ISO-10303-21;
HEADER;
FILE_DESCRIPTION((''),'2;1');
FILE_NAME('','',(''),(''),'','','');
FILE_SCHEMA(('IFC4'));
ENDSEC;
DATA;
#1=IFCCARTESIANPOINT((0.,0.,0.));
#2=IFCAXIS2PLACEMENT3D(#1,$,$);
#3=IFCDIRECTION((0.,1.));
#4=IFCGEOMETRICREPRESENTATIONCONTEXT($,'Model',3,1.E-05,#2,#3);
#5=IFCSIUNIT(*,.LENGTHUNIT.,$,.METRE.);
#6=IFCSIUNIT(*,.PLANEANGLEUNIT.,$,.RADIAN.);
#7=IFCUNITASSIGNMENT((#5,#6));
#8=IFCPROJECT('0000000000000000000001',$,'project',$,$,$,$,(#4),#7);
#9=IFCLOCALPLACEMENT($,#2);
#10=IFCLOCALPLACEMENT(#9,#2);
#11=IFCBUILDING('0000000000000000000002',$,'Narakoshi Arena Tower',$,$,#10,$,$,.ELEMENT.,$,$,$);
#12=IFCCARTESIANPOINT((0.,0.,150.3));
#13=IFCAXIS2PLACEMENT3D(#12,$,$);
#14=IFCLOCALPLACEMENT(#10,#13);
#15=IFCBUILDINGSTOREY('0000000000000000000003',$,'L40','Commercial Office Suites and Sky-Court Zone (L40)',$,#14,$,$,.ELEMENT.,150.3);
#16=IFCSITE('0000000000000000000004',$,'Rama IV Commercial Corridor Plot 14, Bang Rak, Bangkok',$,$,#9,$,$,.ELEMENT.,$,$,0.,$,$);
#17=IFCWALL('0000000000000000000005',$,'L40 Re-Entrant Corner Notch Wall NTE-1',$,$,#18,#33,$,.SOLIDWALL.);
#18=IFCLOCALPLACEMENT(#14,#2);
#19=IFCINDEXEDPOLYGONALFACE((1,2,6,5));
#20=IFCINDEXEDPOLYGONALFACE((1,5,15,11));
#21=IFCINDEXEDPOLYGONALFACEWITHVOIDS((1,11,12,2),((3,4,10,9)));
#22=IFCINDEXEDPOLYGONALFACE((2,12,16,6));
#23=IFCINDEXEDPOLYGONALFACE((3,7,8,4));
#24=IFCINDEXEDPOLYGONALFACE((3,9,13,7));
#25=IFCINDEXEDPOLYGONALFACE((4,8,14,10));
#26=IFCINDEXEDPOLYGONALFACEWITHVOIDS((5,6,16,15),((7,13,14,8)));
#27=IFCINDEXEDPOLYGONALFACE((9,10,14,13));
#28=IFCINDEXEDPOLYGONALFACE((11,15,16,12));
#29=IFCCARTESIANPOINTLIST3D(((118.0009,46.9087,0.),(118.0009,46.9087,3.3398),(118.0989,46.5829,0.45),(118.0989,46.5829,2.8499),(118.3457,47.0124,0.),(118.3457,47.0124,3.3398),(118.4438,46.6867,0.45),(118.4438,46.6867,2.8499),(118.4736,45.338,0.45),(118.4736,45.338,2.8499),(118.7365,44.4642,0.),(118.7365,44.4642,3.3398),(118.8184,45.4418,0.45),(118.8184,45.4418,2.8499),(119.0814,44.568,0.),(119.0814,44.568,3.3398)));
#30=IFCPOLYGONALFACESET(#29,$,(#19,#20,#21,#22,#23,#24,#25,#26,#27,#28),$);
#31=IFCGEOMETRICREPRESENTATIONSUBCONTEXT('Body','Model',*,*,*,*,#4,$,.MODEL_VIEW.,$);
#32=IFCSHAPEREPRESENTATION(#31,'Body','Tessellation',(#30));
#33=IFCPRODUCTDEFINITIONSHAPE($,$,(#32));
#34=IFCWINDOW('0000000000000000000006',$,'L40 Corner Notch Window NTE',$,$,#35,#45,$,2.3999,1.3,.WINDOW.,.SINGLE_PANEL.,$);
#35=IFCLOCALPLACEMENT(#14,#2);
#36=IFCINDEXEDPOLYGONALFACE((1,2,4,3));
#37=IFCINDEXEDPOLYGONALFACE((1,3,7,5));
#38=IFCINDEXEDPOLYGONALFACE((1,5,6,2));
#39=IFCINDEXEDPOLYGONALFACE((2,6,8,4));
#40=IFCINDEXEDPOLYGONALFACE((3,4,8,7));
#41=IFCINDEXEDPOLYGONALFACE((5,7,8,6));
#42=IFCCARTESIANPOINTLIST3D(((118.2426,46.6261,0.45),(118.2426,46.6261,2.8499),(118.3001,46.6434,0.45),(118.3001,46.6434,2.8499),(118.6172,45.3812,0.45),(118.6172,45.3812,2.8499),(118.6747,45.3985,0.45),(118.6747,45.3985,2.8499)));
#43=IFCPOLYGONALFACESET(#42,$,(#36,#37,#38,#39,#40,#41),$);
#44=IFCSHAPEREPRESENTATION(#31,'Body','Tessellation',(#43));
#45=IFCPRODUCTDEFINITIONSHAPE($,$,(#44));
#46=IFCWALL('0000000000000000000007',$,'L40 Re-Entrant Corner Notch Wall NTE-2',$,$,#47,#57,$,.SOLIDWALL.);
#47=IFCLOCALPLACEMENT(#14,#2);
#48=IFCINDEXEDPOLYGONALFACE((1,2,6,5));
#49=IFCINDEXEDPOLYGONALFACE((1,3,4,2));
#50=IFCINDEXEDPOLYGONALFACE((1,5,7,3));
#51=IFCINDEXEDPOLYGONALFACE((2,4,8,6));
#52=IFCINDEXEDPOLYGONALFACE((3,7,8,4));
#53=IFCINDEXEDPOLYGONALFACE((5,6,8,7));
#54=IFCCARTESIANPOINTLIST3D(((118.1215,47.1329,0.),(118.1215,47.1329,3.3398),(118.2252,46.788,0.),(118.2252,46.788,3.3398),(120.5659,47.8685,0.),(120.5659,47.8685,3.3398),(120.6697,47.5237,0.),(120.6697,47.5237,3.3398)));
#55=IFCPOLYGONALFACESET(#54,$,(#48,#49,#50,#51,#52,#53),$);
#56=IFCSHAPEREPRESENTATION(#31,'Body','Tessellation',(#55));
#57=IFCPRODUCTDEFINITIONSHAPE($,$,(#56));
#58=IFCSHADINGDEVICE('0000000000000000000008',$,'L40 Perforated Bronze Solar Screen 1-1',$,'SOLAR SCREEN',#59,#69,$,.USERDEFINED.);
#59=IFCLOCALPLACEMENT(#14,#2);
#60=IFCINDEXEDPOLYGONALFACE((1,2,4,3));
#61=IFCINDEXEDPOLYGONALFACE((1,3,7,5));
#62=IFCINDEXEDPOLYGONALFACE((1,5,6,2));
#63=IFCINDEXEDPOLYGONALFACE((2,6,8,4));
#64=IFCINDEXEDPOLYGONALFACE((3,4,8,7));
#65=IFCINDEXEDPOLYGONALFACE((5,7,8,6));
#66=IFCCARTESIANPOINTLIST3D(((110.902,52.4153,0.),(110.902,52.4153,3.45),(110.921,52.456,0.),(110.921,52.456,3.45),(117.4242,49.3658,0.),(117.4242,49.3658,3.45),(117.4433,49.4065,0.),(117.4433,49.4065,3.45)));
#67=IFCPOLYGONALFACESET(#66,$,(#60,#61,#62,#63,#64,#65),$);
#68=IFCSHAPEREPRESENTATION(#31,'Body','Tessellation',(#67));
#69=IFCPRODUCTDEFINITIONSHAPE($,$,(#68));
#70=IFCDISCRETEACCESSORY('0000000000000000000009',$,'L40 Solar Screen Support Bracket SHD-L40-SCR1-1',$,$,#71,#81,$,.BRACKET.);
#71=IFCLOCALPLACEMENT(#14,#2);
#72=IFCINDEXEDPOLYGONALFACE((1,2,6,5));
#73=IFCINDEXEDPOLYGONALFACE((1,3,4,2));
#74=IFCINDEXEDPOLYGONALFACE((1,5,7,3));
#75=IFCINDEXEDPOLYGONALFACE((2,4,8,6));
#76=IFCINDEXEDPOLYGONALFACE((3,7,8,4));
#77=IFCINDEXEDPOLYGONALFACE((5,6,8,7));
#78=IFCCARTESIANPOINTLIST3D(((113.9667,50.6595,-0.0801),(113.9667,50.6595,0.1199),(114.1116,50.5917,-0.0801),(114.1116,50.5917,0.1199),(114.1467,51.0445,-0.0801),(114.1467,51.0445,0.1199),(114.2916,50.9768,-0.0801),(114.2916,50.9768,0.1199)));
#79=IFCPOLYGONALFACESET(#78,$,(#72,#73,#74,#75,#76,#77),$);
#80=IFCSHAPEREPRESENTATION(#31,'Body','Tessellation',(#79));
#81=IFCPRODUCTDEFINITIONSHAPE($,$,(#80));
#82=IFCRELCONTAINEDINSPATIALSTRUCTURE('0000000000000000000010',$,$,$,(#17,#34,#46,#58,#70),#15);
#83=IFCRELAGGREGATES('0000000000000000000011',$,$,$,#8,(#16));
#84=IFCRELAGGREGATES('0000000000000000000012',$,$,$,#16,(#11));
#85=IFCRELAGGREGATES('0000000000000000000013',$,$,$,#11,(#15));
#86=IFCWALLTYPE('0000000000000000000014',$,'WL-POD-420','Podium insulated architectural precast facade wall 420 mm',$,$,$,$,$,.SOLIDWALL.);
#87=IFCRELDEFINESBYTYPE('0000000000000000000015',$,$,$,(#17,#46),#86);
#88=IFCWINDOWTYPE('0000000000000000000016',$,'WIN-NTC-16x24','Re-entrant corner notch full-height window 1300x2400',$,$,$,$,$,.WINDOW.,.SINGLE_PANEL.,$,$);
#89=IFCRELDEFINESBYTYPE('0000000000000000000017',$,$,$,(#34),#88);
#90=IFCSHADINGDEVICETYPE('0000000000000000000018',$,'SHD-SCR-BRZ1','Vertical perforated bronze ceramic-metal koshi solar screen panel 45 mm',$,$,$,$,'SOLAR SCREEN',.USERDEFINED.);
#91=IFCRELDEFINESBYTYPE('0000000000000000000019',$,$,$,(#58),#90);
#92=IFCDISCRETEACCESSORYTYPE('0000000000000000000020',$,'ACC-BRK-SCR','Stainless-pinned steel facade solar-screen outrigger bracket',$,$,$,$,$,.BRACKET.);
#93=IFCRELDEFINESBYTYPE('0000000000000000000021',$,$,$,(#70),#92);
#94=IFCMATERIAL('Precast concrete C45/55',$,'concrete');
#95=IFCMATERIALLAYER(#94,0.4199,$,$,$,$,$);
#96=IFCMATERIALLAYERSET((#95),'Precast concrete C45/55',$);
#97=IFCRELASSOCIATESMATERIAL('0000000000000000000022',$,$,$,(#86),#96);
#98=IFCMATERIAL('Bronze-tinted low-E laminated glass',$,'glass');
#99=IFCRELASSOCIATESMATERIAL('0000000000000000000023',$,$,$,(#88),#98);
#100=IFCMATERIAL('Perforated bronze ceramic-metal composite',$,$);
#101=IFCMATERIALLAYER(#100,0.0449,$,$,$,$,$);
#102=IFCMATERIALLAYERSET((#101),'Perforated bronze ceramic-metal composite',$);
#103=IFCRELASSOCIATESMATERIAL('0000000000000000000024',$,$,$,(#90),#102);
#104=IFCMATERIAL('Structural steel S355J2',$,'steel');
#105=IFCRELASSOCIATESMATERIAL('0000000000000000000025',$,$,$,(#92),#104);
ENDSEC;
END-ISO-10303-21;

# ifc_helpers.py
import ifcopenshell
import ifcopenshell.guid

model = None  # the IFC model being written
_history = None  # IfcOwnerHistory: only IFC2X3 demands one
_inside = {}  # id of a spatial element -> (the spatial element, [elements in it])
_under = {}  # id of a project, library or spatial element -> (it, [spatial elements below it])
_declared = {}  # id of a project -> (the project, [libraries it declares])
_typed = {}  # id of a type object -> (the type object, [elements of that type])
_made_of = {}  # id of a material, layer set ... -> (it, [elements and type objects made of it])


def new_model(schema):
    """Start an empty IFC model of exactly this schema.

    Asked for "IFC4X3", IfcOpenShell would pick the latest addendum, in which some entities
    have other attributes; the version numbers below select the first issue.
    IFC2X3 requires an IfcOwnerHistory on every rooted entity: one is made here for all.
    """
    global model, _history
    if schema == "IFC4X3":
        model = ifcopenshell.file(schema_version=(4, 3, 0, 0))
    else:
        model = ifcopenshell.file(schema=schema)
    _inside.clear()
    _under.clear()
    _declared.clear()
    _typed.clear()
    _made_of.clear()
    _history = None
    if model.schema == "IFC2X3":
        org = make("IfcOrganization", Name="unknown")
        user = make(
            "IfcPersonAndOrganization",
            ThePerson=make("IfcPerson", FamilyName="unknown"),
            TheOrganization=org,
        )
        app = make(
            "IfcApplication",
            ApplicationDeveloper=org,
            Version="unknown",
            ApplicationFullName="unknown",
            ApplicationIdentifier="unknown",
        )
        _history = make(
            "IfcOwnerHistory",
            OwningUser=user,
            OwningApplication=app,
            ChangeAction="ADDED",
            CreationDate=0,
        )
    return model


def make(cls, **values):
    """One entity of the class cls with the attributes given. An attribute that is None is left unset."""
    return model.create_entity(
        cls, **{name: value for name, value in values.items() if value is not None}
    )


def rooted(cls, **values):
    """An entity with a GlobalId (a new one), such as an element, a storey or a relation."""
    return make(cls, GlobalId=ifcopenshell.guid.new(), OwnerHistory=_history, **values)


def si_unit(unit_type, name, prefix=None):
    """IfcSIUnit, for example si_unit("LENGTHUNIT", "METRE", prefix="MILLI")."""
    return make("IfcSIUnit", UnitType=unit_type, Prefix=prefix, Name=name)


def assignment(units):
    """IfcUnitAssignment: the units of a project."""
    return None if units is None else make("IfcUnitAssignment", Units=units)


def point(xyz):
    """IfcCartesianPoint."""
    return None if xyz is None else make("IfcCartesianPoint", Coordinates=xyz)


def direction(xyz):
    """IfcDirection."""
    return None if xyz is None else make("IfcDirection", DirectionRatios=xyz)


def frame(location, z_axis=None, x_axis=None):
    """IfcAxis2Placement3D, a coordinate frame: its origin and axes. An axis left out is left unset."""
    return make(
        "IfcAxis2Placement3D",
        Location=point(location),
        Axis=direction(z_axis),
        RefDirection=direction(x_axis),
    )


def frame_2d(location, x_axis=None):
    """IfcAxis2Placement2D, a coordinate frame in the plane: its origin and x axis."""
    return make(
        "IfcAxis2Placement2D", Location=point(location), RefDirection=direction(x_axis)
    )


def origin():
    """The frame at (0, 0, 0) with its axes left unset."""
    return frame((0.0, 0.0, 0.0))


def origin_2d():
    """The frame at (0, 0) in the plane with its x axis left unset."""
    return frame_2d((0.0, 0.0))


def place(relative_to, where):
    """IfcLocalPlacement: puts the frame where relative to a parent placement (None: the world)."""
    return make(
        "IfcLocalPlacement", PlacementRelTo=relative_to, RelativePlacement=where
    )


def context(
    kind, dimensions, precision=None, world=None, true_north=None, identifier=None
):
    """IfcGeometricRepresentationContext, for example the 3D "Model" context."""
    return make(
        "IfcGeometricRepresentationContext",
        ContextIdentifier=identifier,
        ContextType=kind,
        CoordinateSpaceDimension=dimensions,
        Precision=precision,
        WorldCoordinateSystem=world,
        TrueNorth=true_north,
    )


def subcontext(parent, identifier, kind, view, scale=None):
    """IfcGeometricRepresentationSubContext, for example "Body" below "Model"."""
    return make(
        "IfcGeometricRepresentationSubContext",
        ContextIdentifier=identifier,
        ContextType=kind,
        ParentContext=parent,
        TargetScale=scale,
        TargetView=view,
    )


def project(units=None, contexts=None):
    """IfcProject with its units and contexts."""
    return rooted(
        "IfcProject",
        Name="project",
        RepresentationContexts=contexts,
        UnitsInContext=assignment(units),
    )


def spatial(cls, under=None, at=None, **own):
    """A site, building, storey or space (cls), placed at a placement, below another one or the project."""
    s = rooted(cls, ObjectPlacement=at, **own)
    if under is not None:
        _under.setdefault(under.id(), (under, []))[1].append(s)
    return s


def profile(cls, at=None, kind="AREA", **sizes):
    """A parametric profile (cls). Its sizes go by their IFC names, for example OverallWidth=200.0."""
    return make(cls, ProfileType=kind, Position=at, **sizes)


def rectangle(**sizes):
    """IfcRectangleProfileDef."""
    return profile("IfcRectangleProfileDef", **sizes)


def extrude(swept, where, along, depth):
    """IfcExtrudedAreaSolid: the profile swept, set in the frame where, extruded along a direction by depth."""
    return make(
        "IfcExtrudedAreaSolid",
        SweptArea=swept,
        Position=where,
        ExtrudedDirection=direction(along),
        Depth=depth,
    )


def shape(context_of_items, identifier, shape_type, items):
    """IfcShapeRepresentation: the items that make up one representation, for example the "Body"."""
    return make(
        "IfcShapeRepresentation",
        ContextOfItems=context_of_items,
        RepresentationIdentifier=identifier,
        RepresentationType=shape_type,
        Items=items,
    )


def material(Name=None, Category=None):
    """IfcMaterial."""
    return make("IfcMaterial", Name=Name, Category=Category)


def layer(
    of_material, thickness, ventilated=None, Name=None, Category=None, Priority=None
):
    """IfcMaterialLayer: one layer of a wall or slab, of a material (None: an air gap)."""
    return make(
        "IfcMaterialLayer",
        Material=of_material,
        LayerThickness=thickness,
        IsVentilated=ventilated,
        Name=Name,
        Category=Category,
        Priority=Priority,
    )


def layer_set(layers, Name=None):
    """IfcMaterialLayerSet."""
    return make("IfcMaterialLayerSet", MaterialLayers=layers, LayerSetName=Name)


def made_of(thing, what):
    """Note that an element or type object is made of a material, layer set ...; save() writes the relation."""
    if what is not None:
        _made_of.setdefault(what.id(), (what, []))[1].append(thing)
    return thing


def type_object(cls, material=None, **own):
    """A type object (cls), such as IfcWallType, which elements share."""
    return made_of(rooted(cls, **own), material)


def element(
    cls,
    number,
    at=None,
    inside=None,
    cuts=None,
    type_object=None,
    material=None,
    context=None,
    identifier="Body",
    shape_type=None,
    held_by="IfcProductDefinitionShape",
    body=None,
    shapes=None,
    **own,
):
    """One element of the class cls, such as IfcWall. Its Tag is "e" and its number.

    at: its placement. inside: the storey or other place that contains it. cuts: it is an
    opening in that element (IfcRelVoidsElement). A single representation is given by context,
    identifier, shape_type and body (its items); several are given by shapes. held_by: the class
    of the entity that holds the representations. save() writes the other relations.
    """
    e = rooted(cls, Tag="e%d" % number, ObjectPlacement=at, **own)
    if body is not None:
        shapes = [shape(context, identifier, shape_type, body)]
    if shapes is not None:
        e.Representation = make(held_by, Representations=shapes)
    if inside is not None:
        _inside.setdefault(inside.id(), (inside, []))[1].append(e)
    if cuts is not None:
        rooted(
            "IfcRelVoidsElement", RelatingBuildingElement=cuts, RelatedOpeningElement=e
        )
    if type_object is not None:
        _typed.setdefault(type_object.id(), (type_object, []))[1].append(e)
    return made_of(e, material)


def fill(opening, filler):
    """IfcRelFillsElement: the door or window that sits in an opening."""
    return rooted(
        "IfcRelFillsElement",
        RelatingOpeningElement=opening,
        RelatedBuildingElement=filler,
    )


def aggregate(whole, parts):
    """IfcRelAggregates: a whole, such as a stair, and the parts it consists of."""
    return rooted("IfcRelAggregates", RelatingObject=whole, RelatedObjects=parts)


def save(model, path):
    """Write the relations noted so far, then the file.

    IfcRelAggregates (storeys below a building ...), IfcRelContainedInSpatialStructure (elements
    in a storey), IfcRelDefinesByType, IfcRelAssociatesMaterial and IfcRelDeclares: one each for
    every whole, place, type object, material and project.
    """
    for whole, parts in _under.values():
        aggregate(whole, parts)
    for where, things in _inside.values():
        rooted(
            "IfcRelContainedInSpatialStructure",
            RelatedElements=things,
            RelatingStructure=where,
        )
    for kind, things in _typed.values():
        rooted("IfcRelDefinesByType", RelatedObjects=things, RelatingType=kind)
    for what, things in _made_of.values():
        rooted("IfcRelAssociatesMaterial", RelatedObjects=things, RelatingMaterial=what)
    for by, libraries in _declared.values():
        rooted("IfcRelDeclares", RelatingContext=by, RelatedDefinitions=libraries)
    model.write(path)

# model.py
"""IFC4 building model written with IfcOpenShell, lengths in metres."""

from ifc_helpers import new_model, si_unit, direction, frame, frame_2d, origin, origin_2d, place, context, subcontext, project, spatial, rectangle, extrude, material, layer, layer_set, type_object, element, fill, save


model = new_model("IFC4")

# Units and contexts
model_context = context("Model", 3, precision=1e-05, world=origin(), true_north=direction((0.0, 1.0)))
body_context = subcontext(model_context, "Body", "Model", "MODEL_VIEW")
ifc_project = project(units=[si_unit("LENGTHUNIT", "METRE"), si_unit("PLANEANGLEUNIT", "RADIAN")], contexts=[model_context])

# Site, building, storey
site_placement = place(None, origin())
site = spatial("IfcSite", under=ifc_project, at=site_placement, Name="Rama IV Commercial Corridor Plot 14, Bang Rak, Bangkok", CompositionType="ELEMENT", RefElevation=0.0)
building_placement = place(site_placement, origin())
building = spatial("IfcBuilding", under=site, at=building_placement, Name="Narakoshi Arena Tower", CompositionType="ELEMENT")
storey_placement = place(building_placement, frame((0.0, 0.0, 150.3)))
storey = spatial("IfcBuildingStorey", under=building, at=storey_placement, Name="L40", Description="Commercial Office Suites and Sky-Court Zone (L40)", CompositionType="ELEMENT", Elevation=150.3)

# Shared definitions
ifc_material_1 = material(Name="Structural steel S355J2", Category="steel")

# Shared definitions
ifc_material_2 = material(Name="Bronze-tinted low-E laminated glass", Category="glass")

# Shared definitions
ifc_material_3 = material(Name="Precast concrete C45/55", Category="concrete")

# Wall, opening, window
ifc_layer_1 = layer(ifc_material_3, 0.4199)
ifc_layer_set_1 = layer_set([ifc_layer_1], Name="Precast concrete C45/55")
wall_type_1 = type_object("IfcWallType", Name="WL-POD-420", Description="Podium insulated architectural precast facade wall 420 mm", PredefinedType="SOLIDWALL", material=ifc_layer_set_1)
wall_1_placement = place(storey_placement, frame((118.9089, 44.5161, 0.0), z_axis=(0.0, 0.0, 1.0), x_axis=(-0.288173, 0.957578, 0.0)))
wall_1 = element("IfcWall", 1, at=wall_1_placement, inside=storey, type_object=wall_type_1, Name="L40 Re-Entrant Corner Notch Wall NTE-1", PredefinedType="SOLIDWALL", context=body_context, shape_type="SweptSolid", body=[
    extrude(rectangle(XDim=2.5527, YDim=0.3601, at=frame_2d((1.2764, 0.0))), origin(), (0.0, 0.0, 1.0), 3.3398),
])
opening_1_placement = place(wall_1_placement, frame((0.9126, 0.0, 0.45)))
opening_1 = element("IfcOpeningElement", 2, at=opening_1_placement, cuts=wall_1, PredefinedType="OPENING", context=body_context, shape_type="SweptSolid", body=[
    extrude(rectangle(XDim=1.3, YDim=2.3999, at=frame_2d((0.6499, 1.2))), frame((0.0, 0.1899, 0.0), z_axis=(0.0, -1.0, 0.0), x_axis=(1.0, 0.0, 0.0)), (0.0, 0.0, 1.0), 0.3801),
])
window_type_1 = type_object("IfcWindowType", Name="WIN-NTC-16x24", Description="Re-entrant corner notch full-height window 1300x2400", PartitioningType="SINGLE_PANEL", PredefinedType="WINDOW", material=ifc_material_2)
window_1_placement = place(opening_1_placement, origin())
window_1 = element("IfcWindow", 3, at=window_1_placement, inside=storey, type_object=window_type_1, Name="L40 Corner Notch Window NTE", OverallHeight=2.3999, OverallWidth=1.3, PartitioningType="SINGLE_PANEL", PredefinedType="WINDOW", context=body_context, shape_type="SweptSolid", body=[
    extrude(rectangle(XDim=1.3, YDim=2.3999, at=frame_2d((0.6499, 1.2))), frame((0.0, 0.03, 0.0), z_axis=(0.0, -1.0, 0.0), x_axis=(1.0, 0.0, 0.0)), (0.0, 0.0, 1.0), 0.0601),
])
fill(opening_1, window_1)

# Wall
wall_2_placement = place(storey_placement, frame((118.1733, 46.9604, 0.0), z_axis=(0.0, 0.0, 1.0), x_axis=(0.957578, 0.288173, 0.0)))
element("IfcWall", 4, at=wall_2_placement, inside=storey, type_object=wall_type_1, Name="L40 Re-Entrant Corner Notch Wall NTE-2", PredefinedType="SOLIDWALL", context=body_context, shape_type="SweptSolid", body=[
    extrude(rectangle(XDim=2.5527, YDim=0.3601, at=frame_2d((1.2764, 0.0))), origin(), (0.0, 0.0, 1.0), 3.3398),
])

# Shading device
ifc_material_4 = material(Name="Perforated bronze ceramic-metal composite")
ifc_layer_2 = layer(ifc_material_4, 0.0449)
ifc_layer_set_2 = layer_set([ifc_layer_2], Name="Perforated bronze ceramic-metal composite")
shading_device_type = type_object("IfcShadingDeviceType", Name="SHD-SCR-BRZ1", Description="Vertical perforated bronze ceramic-metal koshi solar screen panel 45 mm", ElementType="SOLAR SCREEN", PredefinedType="USERDEFINED", material=ifc_layer_set_2)
shading_device_placement = place(storey_placement, frame((114.1726, 50.9109, 0.0), z_axis=(0.0, 0.0, 1.0), x_axis=(-0.90588, 0.423535, 0.0)))
element("IfcShadingDevice", 5, at=shading_device_placement, inside=storey, type_object=shading_device_type, Name="L40 Perforated Bronze Solar Screen 1-1", ObjectType="SOLAR SCREEN", PredefinedType="USERDEFINED", context=body_context, shape_type="SweptSolid", body=[
    extrude(rectangle(XDim=7.2, YDim=0.0449, at=origin_2d()), origin(), (0.0, 0.0, 1.0), 3.45),
])

# Discrete accessory
discrete_accessory_type = type_object("IfcDiscreteAccessoryType", Name="ACC-BRK-SCR", Description="Stainless-pinned steel facade solar-screen outrigger bracket", PredefinedType="BRACKET", material=ifc_material_1)
discrete_accessory_placement = place(storey_placement, frame((114.1292, 50.8181, -0.0801), z_axis=(0.0, 0.0, 1.0), x_axis=(-0.90588, 0.423535, 0.0)))
element("IfcDiscreteAccessory", 6, at=discrete_accessory_placement, inside=storey, type_object=discrete_accessory_type, Name="L40 Solar Screen Support Bracket SHD-L40-SCR1-1", PredefinedType="BRACKET", context=body_context, shape_type="SweptSolid", body=[
    extrude(rectangle(XDim=0.1599, YDim=0.425, at=origin_2d()), origin(), (0.0, 0.0, 1.0), 0.2),
])

save(model, "model.ifc")
